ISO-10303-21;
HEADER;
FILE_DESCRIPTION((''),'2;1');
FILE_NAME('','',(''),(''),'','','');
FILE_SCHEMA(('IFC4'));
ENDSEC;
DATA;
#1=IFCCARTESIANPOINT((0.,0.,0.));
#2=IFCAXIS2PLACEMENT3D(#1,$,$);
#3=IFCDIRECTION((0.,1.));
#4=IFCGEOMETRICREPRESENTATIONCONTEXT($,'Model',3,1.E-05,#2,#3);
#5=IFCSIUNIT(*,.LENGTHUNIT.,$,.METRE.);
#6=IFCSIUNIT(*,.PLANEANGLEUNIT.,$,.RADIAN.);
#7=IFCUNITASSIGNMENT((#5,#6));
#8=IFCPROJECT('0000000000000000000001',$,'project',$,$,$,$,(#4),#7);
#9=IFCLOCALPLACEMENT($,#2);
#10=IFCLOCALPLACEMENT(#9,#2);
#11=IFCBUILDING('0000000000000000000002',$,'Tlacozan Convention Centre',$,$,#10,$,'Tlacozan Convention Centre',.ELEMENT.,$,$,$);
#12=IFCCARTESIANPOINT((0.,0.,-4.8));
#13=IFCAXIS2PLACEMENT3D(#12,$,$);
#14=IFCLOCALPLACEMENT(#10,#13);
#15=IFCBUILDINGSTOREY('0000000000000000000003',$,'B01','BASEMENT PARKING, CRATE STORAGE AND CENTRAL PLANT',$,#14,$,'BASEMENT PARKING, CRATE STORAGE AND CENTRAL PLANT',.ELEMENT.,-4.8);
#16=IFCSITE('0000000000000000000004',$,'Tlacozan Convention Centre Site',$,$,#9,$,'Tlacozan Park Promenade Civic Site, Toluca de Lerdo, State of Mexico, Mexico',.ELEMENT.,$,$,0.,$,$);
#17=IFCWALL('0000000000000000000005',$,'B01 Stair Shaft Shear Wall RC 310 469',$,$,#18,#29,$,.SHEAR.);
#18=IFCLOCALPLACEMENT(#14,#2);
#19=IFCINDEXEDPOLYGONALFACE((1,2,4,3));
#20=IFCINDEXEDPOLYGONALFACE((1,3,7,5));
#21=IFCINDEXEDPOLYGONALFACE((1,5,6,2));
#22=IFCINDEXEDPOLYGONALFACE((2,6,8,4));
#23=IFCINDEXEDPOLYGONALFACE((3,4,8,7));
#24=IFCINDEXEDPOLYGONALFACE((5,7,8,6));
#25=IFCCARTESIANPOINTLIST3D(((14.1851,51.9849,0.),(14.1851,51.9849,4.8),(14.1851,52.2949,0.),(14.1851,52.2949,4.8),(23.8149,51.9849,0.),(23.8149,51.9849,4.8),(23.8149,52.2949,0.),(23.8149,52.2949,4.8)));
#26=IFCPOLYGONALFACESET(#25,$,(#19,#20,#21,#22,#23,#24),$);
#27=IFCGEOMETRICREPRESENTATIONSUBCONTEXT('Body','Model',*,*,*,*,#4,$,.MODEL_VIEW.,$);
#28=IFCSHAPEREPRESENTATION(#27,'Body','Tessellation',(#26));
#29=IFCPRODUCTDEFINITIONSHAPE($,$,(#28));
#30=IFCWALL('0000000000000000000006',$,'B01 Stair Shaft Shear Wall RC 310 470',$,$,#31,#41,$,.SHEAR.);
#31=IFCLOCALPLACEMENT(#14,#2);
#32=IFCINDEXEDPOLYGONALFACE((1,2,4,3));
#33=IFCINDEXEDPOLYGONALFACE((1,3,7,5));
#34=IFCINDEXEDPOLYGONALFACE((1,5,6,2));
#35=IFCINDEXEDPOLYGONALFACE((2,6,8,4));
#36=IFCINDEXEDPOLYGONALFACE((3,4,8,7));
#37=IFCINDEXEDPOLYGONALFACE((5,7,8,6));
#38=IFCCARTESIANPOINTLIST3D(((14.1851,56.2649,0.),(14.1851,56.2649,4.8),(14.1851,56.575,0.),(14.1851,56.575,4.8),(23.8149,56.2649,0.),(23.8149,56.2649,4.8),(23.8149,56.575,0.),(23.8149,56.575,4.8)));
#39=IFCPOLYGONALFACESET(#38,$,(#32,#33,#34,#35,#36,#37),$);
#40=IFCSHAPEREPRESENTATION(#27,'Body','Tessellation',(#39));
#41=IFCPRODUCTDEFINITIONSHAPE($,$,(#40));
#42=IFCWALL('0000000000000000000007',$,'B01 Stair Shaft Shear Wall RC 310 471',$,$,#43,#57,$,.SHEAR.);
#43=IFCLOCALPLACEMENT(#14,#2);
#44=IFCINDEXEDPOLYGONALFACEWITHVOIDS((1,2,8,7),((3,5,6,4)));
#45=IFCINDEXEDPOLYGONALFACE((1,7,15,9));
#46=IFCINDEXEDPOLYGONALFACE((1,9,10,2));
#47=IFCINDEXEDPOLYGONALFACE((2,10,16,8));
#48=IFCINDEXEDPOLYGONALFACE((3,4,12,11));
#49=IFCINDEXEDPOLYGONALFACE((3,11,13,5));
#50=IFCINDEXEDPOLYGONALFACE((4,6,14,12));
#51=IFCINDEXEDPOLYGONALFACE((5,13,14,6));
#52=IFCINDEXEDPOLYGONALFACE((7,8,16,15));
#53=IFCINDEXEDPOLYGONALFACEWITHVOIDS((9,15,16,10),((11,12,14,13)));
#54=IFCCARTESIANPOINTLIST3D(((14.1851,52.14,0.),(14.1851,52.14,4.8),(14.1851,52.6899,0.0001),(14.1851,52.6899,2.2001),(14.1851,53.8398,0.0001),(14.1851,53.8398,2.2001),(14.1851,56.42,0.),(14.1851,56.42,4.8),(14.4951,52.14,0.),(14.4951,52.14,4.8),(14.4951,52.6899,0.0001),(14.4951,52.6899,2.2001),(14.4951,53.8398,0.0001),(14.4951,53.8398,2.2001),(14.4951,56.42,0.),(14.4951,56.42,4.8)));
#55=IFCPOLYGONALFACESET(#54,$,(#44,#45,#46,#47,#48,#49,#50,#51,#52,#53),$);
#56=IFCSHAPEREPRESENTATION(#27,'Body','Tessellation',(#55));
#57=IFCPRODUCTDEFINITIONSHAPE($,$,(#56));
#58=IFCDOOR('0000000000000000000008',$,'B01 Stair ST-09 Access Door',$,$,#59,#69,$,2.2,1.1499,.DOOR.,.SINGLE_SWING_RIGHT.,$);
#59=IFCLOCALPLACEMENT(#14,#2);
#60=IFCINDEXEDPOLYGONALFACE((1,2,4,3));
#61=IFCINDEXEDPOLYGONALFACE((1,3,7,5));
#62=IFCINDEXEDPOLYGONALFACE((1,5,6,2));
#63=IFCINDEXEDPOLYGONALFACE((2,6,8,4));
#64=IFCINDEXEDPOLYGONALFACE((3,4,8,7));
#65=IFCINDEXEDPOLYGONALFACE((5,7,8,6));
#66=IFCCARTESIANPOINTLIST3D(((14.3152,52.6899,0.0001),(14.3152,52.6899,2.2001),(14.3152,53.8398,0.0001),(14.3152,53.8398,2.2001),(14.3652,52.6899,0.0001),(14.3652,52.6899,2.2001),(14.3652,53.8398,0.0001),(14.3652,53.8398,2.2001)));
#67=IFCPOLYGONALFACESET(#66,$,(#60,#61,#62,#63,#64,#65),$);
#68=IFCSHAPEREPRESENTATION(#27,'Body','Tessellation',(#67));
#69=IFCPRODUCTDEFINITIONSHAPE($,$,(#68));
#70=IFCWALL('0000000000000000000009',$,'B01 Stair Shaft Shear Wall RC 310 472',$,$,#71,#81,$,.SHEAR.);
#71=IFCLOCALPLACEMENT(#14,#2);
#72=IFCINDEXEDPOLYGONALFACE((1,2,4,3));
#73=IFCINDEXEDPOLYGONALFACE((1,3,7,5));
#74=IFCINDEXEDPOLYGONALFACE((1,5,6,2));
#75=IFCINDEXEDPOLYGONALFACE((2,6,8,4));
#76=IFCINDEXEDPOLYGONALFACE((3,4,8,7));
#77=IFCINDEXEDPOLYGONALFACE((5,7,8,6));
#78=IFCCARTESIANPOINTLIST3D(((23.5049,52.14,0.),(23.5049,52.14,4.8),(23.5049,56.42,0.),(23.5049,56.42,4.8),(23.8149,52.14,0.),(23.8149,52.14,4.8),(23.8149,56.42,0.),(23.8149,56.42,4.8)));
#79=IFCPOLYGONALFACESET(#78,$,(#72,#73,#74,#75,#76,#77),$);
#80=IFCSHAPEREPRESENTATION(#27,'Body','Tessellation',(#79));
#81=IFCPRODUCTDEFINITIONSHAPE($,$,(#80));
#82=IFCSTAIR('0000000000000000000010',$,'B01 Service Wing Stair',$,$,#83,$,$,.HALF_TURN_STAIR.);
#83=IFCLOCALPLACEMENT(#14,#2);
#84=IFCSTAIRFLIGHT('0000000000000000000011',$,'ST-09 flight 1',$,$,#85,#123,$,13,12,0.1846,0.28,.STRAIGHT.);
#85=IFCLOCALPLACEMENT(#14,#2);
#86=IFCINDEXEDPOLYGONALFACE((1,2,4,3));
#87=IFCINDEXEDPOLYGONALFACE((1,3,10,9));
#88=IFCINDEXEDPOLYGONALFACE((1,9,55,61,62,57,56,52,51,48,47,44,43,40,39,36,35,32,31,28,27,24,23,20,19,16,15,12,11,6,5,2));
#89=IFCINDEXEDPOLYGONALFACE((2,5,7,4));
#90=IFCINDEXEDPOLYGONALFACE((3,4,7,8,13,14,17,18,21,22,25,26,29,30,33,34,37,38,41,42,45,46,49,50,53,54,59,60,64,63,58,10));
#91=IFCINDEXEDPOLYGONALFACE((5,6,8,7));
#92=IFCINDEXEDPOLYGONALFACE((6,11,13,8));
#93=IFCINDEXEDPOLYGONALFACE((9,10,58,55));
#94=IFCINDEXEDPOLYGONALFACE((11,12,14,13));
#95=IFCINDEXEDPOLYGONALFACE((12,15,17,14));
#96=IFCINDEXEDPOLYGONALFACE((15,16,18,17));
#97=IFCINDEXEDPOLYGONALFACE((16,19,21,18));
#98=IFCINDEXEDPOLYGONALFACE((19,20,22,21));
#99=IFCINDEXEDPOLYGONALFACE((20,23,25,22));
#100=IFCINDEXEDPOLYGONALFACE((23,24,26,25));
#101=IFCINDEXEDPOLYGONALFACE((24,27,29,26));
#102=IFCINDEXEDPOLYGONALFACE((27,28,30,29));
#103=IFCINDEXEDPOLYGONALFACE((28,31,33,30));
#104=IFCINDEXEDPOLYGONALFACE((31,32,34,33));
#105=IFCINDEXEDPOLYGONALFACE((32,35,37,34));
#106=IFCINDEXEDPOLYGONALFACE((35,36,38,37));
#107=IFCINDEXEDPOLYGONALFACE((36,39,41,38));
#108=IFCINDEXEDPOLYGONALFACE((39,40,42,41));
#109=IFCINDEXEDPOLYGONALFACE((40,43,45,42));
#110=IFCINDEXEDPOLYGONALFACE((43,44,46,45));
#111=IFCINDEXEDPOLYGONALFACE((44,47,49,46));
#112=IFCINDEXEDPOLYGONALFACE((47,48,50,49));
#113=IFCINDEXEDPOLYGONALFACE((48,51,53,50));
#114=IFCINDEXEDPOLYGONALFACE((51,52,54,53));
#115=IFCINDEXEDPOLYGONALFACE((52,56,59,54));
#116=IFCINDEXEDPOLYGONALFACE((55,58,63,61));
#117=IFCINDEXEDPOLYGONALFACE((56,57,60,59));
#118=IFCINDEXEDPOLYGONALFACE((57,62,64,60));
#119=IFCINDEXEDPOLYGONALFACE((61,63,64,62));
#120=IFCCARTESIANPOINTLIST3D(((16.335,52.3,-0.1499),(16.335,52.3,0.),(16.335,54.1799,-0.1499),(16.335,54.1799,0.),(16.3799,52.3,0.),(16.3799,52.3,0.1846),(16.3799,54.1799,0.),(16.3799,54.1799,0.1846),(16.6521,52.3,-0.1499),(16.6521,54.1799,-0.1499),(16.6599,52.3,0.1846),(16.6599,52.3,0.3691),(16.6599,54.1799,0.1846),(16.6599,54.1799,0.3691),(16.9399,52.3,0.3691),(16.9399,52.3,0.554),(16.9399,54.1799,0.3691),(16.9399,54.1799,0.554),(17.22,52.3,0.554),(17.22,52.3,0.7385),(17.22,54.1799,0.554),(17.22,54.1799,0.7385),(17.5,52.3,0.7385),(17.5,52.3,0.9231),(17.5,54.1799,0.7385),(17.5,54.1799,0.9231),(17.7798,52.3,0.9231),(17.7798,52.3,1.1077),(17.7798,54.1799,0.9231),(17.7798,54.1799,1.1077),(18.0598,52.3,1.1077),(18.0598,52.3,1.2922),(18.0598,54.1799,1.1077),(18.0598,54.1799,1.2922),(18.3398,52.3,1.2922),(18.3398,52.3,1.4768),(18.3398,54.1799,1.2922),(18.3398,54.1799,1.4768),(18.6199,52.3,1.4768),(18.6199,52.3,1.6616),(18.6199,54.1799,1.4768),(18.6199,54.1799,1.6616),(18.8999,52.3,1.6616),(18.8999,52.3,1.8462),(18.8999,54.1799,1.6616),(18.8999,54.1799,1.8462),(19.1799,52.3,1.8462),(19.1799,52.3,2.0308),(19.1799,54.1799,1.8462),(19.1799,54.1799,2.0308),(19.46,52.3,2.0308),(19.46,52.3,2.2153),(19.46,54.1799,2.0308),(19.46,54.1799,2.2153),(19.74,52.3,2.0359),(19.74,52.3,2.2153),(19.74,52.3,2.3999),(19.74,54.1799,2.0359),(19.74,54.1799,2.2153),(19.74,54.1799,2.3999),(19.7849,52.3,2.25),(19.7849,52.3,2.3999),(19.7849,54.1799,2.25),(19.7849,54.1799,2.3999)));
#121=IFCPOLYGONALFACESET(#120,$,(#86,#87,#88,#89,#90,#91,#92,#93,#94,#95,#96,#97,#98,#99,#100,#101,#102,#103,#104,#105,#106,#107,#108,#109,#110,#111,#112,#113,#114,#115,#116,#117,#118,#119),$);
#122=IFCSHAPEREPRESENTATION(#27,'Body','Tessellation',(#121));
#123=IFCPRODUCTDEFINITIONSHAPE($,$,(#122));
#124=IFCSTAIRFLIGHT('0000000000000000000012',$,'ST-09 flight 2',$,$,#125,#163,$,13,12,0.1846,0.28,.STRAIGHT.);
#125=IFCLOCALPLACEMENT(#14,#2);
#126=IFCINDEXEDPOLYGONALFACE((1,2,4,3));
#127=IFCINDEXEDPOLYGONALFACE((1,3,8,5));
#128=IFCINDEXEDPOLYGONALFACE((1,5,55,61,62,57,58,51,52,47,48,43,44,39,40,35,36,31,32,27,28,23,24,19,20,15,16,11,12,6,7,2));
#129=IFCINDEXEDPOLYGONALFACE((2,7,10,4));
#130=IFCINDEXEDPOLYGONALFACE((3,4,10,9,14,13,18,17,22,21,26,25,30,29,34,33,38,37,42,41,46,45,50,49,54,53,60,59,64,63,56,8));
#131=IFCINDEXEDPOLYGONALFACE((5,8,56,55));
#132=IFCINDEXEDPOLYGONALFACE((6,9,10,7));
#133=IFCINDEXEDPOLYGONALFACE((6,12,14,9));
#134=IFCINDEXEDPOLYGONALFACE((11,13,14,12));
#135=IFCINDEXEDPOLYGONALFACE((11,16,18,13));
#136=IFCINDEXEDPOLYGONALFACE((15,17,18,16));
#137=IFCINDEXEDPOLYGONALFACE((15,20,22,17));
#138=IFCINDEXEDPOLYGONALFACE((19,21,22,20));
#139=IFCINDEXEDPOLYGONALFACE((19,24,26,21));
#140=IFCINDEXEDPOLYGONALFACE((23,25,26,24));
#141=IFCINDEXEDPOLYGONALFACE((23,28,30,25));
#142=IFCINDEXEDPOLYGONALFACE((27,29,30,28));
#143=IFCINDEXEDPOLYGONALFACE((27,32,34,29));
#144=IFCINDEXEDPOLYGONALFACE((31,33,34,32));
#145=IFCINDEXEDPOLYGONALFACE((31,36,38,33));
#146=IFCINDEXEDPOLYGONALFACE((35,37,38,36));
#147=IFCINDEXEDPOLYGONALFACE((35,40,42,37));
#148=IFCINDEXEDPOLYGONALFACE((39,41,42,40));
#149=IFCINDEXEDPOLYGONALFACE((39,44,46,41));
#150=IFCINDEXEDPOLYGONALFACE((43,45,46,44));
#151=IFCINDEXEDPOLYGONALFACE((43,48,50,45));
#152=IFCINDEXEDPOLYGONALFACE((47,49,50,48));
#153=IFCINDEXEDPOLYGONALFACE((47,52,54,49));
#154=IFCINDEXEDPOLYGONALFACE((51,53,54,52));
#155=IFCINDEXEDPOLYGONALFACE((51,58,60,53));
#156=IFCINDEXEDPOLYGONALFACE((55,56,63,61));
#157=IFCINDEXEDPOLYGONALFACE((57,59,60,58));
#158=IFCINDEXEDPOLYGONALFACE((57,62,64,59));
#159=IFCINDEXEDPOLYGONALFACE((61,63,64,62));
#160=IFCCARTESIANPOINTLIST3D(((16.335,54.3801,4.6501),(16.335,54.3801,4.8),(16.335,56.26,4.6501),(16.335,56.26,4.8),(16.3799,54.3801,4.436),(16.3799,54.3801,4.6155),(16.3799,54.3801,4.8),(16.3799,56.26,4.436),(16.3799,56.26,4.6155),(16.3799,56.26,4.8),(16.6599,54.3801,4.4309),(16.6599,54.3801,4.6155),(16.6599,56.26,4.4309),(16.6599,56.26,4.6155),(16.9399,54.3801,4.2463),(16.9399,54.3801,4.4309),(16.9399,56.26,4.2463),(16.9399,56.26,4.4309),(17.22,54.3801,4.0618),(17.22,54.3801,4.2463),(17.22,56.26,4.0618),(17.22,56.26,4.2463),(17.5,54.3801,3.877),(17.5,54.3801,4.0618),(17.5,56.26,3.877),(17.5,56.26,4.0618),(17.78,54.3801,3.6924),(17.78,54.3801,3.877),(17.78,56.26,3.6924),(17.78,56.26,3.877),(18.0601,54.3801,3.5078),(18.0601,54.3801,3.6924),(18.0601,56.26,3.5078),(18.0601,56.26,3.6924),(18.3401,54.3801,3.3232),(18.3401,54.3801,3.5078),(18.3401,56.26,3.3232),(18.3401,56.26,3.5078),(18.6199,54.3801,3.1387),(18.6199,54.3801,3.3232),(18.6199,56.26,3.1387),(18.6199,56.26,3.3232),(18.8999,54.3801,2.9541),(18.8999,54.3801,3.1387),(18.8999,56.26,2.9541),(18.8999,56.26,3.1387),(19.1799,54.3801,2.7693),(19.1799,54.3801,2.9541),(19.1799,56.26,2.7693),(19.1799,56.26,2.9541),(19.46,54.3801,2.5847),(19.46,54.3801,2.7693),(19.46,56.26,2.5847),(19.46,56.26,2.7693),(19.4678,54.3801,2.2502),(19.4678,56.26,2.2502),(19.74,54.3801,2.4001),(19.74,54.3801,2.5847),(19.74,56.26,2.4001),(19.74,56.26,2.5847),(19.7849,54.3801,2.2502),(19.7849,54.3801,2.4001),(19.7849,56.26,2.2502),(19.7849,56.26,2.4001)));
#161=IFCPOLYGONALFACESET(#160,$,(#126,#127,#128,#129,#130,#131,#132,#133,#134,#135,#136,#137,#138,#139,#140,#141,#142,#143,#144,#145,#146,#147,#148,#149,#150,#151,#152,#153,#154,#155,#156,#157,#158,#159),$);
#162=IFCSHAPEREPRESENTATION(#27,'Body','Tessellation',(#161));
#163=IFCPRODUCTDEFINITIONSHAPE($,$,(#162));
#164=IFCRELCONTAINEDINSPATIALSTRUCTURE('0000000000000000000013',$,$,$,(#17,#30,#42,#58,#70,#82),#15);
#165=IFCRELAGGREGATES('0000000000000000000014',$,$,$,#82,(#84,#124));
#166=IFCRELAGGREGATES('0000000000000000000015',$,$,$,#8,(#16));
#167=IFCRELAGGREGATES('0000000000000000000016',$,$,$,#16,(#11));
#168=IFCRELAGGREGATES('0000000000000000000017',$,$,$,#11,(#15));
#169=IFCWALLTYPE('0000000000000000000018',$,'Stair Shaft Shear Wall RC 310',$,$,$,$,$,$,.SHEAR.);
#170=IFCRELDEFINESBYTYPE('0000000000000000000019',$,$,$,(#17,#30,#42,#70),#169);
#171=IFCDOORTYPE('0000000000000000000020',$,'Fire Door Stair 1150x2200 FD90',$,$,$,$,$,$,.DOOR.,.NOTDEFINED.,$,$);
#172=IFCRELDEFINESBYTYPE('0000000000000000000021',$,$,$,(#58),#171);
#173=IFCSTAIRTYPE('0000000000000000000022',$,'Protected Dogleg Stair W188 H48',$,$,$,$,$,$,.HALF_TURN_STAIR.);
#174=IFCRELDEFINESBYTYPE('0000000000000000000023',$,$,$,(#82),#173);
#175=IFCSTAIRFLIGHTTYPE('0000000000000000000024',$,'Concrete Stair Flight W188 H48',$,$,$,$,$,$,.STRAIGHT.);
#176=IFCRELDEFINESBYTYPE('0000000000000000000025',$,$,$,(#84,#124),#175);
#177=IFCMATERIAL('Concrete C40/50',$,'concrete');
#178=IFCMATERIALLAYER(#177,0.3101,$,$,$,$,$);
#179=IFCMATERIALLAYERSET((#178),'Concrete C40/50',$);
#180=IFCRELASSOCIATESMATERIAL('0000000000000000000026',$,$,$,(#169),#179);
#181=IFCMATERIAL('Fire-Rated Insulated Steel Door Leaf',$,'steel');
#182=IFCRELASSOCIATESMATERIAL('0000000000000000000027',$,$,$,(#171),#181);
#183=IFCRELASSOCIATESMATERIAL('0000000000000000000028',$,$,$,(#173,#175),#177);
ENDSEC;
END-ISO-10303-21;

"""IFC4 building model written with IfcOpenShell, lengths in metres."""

from ifc_helpers import new_model, si_unit, direction, frame, frame_2d, origin, place, context, subcontext, project, spatial, polyline, rectangle, outline, extrude, material, layer, layer_set, type_object, element, fill, aggregate, save


model = new_model("IFC4")

# Units and contexts
model_context = context("Model", 3, precision=1e-05, world=origin(), true_north=direction((0.0, 1.0)))
body_context = subcontext(model_context, "Body", "Model", "MODEL_VIEW")
ifc_project = project(units=[si_unit("LENGTHUNIT", "METRE"), si_unit("PLANEANGLEUNIT", "RADIAN")], contexts=[model_context])

# Site, building, storey
site_placement = place(None, origin())
site = spatial("IfcSite", under=ifc_project, at=site_placement, Name="Tlacozan Convention Centre Site", LongName="Tlacozan Park Promenade Civic Site, Toluca de Lerdo, State of Mexico, Mexico", CompositionType="ELEMENT", RefElevation=0.0)
building_placement = place(site_placement, origin())
building = spatial("IfcBuilding", under=site, at=building_placement, Name="Tlacozan Convention Centre", LongName="Tlacozan Convention Centre", CompositionType="ELEMENT")
storey_placement = place(building_placement, frame((0.0, 0.0, -4.8)))
storey = spatial("IfcBuildingStorey", under=building, at=storey_placement, Name="B01", Description="BASEMENT PARKING, CRATE STORAGE AND CENTRAL PLANT", LongName="BASEMENT PARKING, CRATE STORAGE AND CENTRAL PLANT", CompositionType="ELEMENT", Elevation=-4.8)

# Shared definitions
ifc_material_1 = material(Name="Concrete C40/50", Category="concrete")

# Walls
ifc_layer_1 = layer(ifc_material_1, 0.3101)
ifc_layer_set_1 = layer_set([ifc_layer_1], Name="Concrete C40/50")
wall_type = type_object("IfcWallType", Name="Stair Shaft Shear Wall RC 310", PredefinedType="SHEAR", material=ifc_layer_set_1)
for number, where, z_axis, x_axis, name in (
    (1, (14.1851, 52.1399, 0.0), (0.0, 0.0, 1.0), (1.0, 0.0, 0.0), "B01 Stair Shaft Shear Wall RC 310 469"),
    (2, (14.1851, 56.4199, 0.0), (0.0, 0.0, 1.0), (1.0, 0.0, 0.0), "B01 Stair Shaft Shear Wall RC 310 470"),
):
    element("IfcWall", number, at=place(storey_placement, frame(where, z_axis=z_axis, x_axis=x_axis)), inside=storey, type_object=wall_type, Name=name, PredefinedType="SHEAR", context=body_context, shape_type="SweptSolid", body=[
        extrude(rectangle(XDim=9.6299, YDim=0.3101, at=frame_2d((4.8149, 0.0))), origin(), (0.0, 0.0, 1.0), 4.8),
    ])

# Wall, opening, door
wall_1_placement = place(storey_placement, frame((14.3401, 52.1399, 0.0), z_axis=(0.0, 0.0, 1.0), x_axis=(0.0, 1.0, 0.0)))
wall_1 = element("IfcWall", 3, at=wall_1_placement, inside=storey, type_object=wall_type, Name="B01 Stair Shaft Shear Wall RC 310 471", PredefinedType="SHEAR", context=body_context, shape_type="SweptSolid", body=[
    extrude(rectangle(XDim=4.28, YDim=0.3101, at=frame_2d((2.1401, 0.0))), origin(), (0.0, 0.0, 1.0), 4.8),
])
opening_placement = place(wall_1_placement, frame((0.55, 0.0, 0.0)))
opening = element("IfcOpeningElement", 4, at=opening_placement, cuts=wall_1, PredefinedType="OPENING", context=body_context, shape_type="SweptSolid", body=[
    extrude(rectangle(XDim=1.1499, YDim=2.2, at=frame_2d((0.575, 1.1001))), frame((0.0, 0.165, 0.0), z_axis=(0.0, -1.0, 0.0), x_axis=(1.0, 0.0, 0.0)), (0.0, 0.0, 1.0), 0.3301),
])
ifc_material_2 = material(Name="Fire-Rated Insulated Steel Door Leaf", Category="steel")
door_type = type_object("IfcDoorType", Name="Fire Door Stair 1150x2200 FD90", OperationType="NOTDEFINED", PredefinedType="DOOR", material=ifc_material_2)
door_placement = place(opening_placement, origin())
door = element("IfcDoor", 5, at=door_placement, inside=storey, type_object=door_type, Name="B01 Stair ST-09 Access Door", OperationType="SINGLE_SWING_RIGHT", OverallHeight=2.2, OverallWidth=1.1499, PredefinedType="DOOR", context=body_context, shape_type="SweptSolid", body=[
    extrude(rectangle(XDim=1.1499, YDim=2.2, at=frame_2d((0.575, 1.1001))), frame((0.0, 0.0249, 0.0), z_axis=(0.0, -1.0, 0.0), x_axis=(1.0, 0.0, 0.0)), (0.0, 0.0, 1.0), 0.05),
])
fill(opening, door)

# Wall
wall_2_placement = place(storey_placement, frame((23.6599, 52.1399, 0.0), z_axis=(0.0, 0.0, 1.0), x_axis=(0.0, 1.0, 0.0)))
element("IfcWall", 6, at=wall_2_placement, inside=storey, type_object=wall_type, Name="B01 Stair Shaft Shear Wall RC 310 472", PredefinedType="SHEAR", context=body_context, shape_type="SweptSolid", body=[
    extrude(rectangle(XDim=4.28, YDim=0.3101, at=frame_2d((2.1401, 0.0))), origin(), (0.0, 0.0, 1.0), 4.8),
])

# Stair, stair flights
stair_type = type_object("IfcStairType", Name="Protected Dogleg Stair W188 H48", PredefinedType="HALF_TURN_STAIR", material=ifc_material_1)
stair_placement = place(storey_placement, origin())
stair = element("IfcStair", 7, at=stair_placement, inside=storey, type_object=stair_type, Name="B01 Service Wing Stair", PredefinedType="HALF_TURN_STAIR")
stair_flight_type = type_object("IfcStairFlightType", Name="Concrete Stair Flight W188 H48", PredefinedType="STRAIGHT", material=ifc_material_1)
stair_flight_1_placement = place(storey_placement, frame((16.3799, 53.24, 0.0), z_axis=(0.0, 0.0, 1.0), x_axis=(1.0, 0.0, 0.0)))
stair_flight_1 = element("IfcStairFlight", 8, at=stair_flight_1_placement, type_object=stair_flight_type, Name="ST-09 flight 1", NumberOfRisers=13, NumberOfTreads=12, PredefinedType="STRAIGHT", RiserHeight=0.1846, TreadLength=0.28, context=body_context, shape_type="SweptSolid", body=[
    extrude(outline(polyline([(-0.0449, -0.1499), (-0.0449, 0.0), (0.0, 0.0), (0.0, 0.1846), (0.28, 0.1846), (0.28, 0.3691), (0.5601, 0.3691), (0.5601, 0.554), (0.8401, 0.554), (0.8401, 0.7385), (1.1201, 0.7385), (1.1201, 0.9231), (1.3999, 0.9231), (1.3999, 1.1077), (1.6799, 1.1077), (1.6799, 1.2922), (1.96, 1.2922), (1.96, 1.4768), (2.24, 1.4768), (2.24, 1.6616), (2.52, 1.6616), (2.52, 1.8462), (2.8, 1.8462), (2.8, 2.0308), (3.0801, 2.0308), (3.0801, 2.2153), (3.3601, 2.2153), (3.3601, 2.3999), (3.405, 2.3999), (3.405, 2.25), (3.3601, 2.0359), (0.2722, -0.1499), (-0.0449, -0.1499)])), frame((0.0, 0.9399, 0.0), z_axis=(0.0, -1.0, 0.0), x_axis=(1.0, 0.0, 0.0)), (0.0, 0.0, 1.0), 1.8799),
])
stair_flight_2_placement = place(storey_placement, frame((19.74, 55.3201, 2.4001), z_axis=(0.0, 0.0, 1.0), x_axis=(-1.0, 0.0, 0.0)))
stair_flight_2 = element("IfcStairFlight", 9, at=stair_flight_2_placement, type_object=stair_flight_type, Name="ST-09 flight 2", NumberOfRisers=13, NumberOfTreads=12, PredefinedType="STRAIGHT", RiserHeight=0.1846, TreadLength=0.28, context=body_context, shape_type="SweptSolid", body=[
    extrude(outline(polyline([(-0.0449, -0.1499), (-0.0449, 0.0), (0.0, 0.0), (0.0, 0.1846), (0.28, 0.1846), (0.28, 0.3691), (0.5601, 0.3691), (0.5601, 0.554), (0.8401, 0.554), (0.8401, 0.7385), (1.1201, 0.7385), (1.1201, 0.9231), (1.3999, 0.9231), (1.3999, 1.1077), (1.6799, 1.1077), (1.6799, 1.2922), (1.96, 1.2922), (1.96, 1.4768), (2.24, 1.4768), (2.24, 1.6616), (2.52, 1.6616), (2.52, 1.8462), (2.8, 1.8462), (2.8, 2.0308), (3.0801, 2.0308), (3.0801, 2.2153), (3.3601, 2.2153), (3.3601, 2.3999), (3.405, 2.3999), (3.405, 2.25), (3.3601, 2.0359), (0.2722, -0.1499), (-0.0449, -0.1499)])), frame((0.0, 0.9399, 0.0), z_axis=(0.0, -1.0, 0.0), x_axis=(1.0, 0.0, 0.0)), (0.0, 0.0, 1.0), 1.8799),
])
aggregate(stair, [stair_flight_1, stair_flight_2])

save(model, "model.ifc")
